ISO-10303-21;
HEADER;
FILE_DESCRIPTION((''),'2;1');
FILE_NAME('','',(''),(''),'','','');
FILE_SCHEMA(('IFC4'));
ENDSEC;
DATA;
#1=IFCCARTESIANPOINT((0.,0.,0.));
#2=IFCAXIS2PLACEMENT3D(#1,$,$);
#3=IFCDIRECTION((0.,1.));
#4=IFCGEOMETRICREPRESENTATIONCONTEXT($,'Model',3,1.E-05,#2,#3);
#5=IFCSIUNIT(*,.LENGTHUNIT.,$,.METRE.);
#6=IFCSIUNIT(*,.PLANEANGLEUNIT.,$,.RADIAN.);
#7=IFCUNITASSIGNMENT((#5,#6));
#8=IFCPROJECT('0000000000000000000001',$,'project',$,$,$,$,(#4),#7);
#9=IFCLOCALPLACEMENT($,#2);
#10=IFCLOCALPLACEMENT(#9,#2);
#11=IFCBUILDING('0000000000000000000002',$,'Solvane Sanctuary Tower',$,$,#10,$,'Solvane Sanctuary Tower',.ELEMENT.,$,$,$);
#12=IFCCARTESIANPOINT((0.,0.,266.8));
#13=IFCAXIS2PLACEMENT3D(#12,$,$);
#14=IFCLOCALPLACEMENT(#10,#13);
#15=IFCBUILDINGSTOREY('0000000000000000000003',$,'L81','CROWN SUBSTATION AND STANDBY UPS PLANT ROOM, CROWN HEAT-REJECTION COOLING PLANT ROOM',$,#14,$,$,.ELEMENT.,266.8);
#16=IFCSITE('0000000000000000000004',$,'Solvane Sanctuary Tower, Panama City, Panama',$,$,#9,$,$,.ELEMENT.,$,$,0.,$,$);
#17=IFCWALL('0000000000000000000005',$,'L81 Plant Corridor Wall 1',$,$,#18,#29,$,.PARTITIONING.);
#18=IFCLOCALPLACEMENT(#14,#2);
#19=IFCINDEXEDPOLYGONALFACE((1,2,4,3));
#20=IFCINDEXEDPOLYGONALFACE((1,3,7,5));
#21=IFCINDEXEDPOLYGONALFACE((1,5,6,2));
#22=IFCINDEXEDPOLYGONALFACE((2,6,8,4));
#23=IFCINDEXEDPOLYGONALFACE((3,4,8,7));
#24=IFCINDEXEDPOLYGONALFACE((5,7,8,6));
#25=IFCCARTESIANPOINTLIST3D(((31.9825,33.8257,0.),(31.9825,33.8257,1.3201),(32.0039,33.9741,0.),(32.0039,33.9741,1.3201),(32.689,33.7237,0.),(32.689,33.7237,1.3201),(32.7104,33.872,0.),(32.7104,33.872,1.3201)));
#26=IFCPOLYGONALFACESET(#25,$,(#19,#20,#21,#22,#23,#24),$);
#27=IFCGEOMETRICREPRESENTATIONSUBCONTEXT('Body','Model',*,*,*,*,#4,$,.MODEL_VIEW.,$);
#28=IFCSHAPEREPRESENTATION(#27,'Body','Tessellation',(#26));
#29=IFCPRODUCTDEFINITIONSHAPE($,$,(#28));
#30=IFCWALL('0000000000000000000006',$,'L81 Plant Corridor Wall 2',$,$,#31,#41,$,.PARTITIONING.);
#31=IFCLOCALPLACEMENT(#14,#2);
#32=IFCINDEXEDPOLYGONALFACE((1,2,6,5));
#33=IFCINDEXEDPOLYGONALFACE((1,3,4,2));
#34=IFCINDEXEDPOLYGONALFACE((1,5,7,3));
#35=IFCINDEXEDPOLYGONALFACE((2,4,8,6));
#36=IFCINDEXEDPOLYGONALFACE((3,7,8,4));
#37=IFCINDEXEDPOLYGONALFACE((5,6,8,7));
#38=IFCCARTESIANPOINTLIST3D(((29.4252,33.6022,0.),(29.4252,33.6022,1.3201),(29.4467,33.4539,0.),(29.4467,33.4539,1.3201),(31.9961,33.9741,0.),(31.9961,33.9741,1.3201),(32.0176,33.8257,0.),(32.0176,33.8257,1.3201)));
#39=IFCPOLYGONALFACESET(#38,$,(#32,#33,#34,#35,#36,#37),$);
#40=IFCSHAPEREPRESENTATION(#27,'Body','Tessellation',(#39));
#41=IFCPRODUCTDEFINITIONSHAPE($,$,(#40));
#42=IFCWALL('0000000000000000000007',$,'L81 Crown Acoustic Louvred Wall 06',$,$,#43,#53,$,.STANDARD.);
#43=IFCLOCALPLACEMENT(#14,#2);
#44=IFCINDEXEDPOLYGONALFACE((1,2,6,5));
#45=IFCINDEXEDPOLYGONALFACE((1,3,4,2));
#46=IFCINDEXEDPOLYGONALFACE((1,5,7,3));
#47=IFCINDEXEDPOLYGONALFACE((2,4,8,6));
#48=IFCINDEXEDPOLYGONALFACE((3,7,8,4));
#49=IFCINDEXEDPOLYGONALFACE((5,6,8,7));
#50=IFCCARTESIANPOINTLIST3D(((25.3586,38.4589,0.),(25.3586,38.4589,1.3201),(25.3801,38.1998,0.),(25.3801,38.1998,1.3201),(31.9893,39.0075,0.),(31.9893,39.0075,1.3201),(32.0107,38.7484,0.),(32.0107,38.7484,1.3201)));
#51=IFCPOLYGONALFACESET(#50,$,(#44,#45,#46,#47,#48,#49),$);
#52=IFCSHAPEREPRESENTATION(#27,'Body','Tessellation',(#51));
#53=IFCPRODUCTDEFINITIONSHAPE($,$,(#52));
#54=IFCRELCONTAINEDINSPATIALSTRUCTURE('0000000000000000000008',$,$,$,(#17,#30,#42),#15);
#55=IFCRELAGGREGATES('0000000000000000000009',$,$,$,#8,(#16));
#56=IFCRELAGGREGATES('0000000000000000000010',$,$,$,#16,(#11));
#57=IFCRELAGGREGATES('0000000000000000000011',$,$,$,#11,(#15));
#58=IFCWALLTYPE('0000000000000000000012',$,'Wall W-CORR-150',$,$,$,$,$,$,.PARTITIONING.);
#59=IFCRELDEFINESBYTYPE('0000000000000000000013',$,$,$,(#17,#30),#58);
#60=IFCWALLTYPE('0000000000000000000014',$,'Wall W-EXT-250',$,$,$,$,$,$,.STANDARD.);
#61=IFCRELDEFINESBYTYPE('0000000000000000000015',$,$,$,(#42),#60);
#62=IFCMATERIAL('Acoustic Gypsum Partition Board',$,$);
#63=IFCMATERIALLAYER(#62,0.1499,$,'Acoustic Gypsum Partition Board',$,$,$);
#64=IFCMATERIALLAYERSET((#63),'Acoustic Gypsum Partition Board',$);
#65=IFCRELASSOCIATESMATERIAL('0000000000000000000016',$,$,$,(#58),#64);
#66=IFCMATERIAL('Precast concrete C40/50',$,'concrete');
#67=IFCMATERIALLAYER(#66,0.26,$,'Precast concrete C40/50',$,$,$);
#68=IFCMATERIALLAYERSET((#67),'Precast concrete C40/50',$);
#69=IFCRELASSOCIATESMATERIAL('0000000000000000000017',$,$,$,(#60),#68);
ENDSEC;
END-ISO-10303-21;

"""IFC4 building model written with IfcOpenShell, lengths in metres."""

from ifc_helpers import new_model, si_unit, direction, frame, frame_2d, origin, place, context, subcontext, project, spatial, rectangle, extrude, material, layer, layer_set, type_object, element, save


model = new_model("IFC4")

# Units and contexts
model_context = context("Model", 3, precision=1e-05, world=origin(), true_north=direction((0.0, 1.0)))
body_context = subcontext(model_context, "Body", "Model", "MODEL_VIEW")
ifc_project = project(units=[si_unit("LENGTHUNIT", "METRE"), si_unit("PLANEANGLEUNIT", "RADIAN")], contexts=[model_context])

# Site, building, storey
site_placement = place(None, origin())
site = spatial("IfcSite", under=ifc_project, at=site_placement, Name="Solvane Sanctuary Tower, Panama City, Panama", CompositionType="ELEMENT", RefElevation=0.0)
building_placement = place(site_placement, origin())
building = spatial("IfcBuilding", under=site, at=building_placement, Name="Solvane Sanctuary Tower", LongName="Solvane Sanctuary Tower", CompositionType="ELEMENT")
storey_placement = place(building_placement, frame((0.0, 0.0, 266.8)))
storey = spatial("IfcBuildingStorey", under=building, at=storey_placement, Name="L81", Description="CROWN SUBSTATION AND STANDBY UPS PLANT ROOM, CROWN HEAT-REJECTION COOLING PLANT ROOM", CompositionType="ELEMENT", Elevation=266.8)

# Shared definitions
ifc_material_1 = material(Name="Acoustic Gypsum Partition Board")
ifc_layer_1 = layer(ifc_material_1, 0.1499, Name="Acoustic Gypsum Partition Board")
ifc_layer_set_1 = layer_set([ifc_layer_1], Name="Acoustic Gypsum Partition Board")
wall_type_1 = type_object("IfcWallType", Name="Wall W-CORR-150", PredefinedType="PARTITIONING", material=ifc_layer_set_1)

# Walls
wall_1_placement = place(storey_placement, frame((32.6997, 33.7979, 0.0), z_axis=(0.0, 0.0, 1.0), x_axis=(-0.989729, 0.142953, 0.0)))
element("IfcWall", 1, at=wall_1_placement, inside=storey, type_object=wall_type_1, Name="L81 Plant Corridor Wall 1", PredefinedType="PARTITIONING", context=body_context, shape_type="SweptSolid", body=[
    extrude(rectangle(XDim=0.7139, YDim=0.1499, at=frame_2d((0.3569, 0.0))), origin(), (0.0, 0.0, 1.0), 1.3201),
])
wall_2_placement = place(storey_placement, frame((32.0068, 33.8999, 0.0), z_axis=(0.0, 0.0, 1.0), x_axis=(-0.989702, -0.143145, 0.0)))
element("IfcWall", 2, at=wall_2_placement, inside=storey, type_object=wall_type_1, Name="L81 Plant Corridor Wall 2", PredefinedType="PARTITIONING", context=body_context, shape_type="SweptSolid", body=[
    extrude(rectangle(XDim=2.5977, YDim=0.1499, at=frame_2d((1.2988, 0.0))), origin(), (0.0, 0.0, 1.0), 1.3201),
])
ifc_material_2 = material(Name="Precast concrete C40/50", Category="concrete")
ifc_layer_2 = layer(ifc_material_2, 0.26, Name="Precast concrete C40/50")
ifc_layer_set_2 = layer_set([ifc_layer_2], Name="Precast concrete C40/50")
wall_type_2 = type_object("IfcWallType", Name="Wall W-EXT-250", PredefinedType="STANDARD", material=ifc_layer_set_2)
wall_3_placement = place(storey_placement, frame((32.0, 38.8779, 0.0), z_axis=(0.0, 0.0, 1.0), x_axis=(-0.996595, -0.082453, 0.0)))
element("IfcWall", 3, at=wall_3_placement, inside=storey, type_object=wall_type_2, Name="L81 Crown Acoustic Louvred Wall 06", PredefinedType="STANDARD", context=body_context, shape_type="SweptSolid", body=[
    extrude(rectangle(XDim=6.6533, YDim=0.26, at=frame_2d((3.3267, 0.0))), origin(), (0.0, 0.0, 1.0), 1.3201),
])

save(model, "model.ifc")
